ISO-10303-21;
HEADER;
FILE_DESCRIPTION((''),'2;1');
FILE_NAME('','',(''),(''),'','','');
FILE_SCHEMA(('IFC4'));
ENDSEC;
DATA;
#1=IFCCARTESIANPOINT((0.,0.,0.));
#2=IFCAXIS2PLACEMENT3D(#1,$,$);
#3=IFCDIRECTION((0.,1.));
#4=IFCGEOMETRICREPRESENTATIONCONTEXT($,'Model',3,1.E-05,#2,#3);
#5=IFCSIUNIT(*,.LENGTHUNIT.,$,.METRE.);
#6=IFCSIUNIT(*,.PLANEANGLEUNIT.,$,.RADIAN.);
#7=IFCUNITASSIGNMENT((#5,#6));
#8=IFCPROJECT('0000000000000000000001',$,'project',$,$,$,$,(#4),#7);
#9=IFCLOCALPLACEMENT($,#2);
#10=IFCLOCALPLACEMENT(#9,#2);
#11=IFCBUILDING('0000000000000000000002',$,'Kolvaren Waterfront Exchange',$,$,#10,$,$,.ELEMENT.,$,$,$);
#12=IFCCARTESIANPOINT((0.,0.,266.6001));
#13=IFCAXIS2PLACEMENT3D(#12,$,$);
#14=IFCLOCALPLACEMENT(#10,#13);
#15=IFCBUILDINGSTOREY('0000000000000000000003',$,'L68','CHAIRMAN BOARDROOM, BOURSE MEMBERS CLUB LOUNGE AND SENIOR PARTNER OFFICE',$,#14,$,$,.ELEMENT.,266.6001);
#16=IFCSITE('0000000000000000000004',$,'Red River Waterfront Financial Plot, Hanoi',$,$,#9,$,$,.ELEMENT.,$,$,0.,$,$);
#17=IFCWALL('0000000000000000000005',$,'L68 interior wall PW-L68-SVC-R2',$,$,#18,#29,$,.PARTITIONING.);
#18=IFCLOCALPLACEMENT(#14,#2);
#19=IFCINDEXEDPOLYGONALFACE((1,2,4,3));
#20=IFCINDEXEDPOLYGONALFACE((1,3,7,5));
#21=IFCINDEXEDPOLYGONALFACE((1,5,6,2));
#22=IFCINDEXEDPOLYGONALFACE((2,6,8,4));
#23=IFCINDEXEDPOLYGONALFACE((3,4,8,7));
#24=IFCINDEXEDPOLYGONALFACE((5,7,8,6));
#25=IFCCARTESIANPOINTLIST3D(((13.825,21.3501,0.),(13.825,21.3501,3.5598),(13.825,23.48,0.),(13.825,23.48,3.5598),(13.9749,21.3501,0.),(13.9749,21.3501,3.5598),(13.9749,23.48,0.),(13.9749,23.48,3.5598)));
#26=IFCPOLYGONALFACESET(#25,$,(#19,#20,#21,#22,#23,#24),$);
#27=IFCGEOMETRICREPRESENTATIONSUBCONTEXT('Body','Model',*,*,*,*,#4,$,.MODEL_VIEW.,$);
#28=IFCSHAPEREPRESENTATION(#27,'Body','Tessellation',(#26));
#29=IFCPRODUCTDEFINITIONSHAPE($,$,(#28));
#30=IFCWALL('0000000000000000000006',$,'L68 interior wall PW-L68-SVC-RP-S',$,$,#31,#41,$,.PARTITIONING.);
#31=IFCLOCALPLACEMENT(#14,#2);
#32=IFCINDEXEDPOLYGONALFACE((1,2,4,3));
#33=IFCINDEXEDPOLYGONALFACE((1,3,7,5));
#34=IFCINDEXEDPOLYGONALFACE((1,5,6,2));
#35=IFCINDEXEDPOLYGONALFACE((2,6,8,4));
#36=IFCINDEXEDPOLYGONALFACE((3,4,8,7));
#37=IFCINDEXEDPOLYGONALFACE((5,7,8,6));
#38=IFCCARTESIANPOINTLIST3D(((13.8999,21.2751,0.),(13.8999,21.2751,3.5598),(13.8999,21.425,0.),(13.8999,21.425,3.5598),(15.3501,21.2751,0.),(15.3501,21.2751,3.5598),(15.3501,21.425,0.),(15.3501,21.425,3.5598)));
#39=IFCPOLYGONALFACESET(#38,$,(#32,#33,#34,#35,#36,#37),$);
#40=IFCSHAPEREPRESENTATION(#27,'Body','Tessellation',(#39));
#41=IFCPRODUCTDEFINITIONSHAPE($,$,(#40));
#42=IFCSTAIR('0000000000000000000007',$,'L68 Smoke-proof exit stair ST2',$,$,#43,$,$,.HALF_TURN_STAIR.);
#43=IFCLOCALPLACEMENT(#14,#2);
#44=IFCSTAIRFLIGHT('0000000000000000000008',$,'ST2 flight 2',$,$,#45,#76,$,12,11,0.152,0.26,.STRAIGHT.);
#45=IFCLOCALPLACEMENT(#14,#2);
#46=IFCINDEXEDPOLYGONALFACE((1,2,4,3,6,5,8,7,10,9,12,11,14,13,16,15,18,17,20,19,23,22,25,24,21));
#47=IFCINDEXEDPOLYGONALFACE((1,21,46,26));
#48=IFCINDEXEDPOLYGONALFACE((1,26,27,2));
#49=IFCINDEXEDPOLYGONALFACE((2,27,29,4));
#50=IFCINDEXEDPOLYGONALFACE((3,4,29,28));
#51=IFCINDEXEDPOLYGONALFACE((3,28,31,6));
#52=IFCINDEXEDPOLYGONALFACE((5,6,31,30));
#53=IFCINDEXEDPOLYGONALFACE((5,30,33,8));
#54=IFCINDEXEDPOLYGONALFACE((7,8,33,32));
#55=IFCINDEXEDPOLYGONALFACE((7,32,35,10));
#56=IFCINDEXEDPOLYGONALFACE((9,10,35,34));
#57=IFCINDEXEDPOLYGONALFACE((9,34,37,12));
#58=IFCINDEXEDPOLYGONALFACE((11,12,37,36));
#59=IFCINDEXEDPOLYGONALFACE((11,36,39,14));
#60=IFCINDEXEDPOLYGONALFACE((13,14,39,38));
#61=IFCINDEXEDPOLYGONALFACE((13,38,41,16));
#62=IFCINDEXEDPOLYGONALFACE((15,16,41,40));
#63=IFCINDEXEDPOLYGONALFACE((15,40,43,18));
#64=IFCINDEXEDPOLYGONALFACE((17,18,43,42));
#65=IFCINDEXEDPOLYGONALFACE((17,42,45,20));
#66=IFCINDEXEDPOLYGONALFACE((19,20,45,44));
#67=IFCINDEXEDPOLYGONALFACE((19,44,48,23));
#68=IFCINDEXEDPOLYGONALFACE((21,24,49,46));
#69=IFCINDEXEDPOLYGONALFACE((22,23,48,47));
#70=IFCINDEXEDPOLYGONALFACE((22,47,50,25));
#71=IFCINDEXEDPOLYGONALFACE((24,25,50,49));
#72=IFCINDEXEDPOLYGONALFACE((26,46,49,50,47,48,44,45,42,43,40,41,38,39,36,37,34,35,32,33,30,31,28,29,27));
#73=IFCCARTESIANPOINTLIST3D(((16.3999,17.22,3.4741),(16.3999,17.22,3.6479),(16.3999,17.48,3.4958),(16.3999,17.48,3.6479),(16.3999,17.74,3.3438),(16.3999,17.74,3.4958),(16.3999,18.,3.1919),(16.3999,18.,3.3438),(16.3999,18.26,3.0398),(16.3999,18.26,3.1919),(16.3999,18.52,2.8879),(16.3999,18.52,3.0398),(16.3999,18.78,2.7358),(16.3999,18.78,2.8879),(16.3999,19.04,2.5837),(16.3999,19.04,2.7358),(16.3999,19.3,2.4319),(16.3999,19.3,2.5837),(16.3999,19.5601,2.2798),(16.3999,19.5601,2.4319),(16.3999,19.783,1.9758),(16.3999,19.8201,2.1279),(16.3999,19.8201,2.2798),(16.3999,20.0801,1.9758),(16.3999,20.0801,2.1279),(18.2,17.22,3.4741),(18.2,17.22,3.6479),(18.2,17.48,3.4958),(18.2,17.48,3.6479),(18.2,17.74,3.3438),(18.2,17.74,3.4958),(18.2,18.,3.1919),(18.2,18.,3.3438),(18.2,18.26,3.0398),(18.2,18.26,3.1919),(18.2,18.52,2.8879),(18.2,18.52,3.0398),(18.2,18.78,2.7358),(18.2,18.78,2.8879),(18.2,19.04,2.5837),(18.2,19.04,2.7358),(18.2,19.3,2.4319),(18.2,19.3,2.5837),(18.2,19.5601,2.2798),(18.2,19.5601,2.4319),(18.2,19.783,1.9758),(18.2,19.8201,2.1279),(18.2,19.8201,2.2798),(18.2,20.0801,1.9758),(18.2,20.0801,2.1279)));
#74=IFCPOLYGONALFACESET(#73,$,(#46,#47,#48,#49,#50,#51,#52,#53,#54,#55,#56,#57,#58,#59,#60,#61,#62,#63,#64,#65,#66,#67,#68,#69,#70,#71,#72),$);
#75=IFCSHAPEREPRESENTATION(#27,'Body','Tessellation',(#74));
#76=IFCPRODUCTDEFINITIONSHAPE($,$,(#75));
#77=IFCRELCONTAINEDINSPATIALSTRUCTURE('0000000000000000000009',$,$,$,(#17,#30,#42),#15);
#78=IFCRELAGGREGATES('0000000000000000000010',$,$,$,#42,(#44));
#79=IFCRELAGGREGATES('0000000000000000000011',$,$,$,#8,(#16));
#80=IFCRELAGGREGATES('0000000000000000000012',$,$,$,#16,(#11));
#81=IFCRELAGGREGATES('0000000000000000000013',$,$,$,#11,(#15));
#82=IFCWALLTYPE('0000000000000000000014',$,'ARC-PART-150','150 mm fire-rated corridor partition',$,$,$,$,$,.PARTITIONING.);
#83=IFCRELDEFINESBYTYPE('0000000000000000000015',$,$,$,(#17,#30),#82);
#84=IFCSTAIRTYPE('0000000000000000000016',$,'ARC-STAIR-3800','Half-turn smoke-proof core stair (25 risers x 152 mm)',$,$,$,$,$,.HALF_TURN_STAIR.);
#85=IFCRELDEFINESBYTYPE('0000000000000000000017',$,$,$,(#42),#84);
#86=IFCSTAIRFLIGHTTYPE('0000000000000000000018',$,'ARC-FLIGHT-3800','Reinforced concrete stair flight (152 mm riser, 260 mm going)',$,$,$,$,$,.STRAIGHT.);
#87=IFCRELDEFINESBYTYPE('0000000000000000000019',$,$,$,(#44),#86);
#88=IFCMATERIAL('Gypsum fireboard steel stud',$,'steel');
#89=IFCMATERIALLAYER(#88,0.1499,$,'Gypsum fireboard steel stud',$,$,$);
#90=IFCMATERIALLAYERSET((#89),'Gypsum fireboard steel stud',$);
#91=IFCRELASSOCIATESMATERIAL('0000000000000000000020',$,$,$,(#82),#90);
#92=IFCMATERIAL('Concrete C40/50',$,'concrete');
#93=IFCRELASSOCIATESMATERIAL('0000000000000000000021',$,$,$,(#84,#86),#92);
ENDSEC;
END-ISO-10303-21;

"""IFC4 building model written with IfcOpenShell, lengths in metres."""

from ifc_helpers import new_model, si_unit, direction, frame, frame_2d, origin, place, context, subcontext, project, spatial, polyline, rectangle, outline, extrude, material, layer, layer_set, type_object, element, aggregate, save


model = new_model("IFC4")

# Units and contexts
model_context = context("Model", 3, precision=1e-05, world=origin(), true_north=direction((0.0, 1.0)))
body_context = subcontext(model_context, "Body", "Model", "MODEL_VIEW")
ifc_project = project(units=[si_unit("LENGTHUNIT", "METRE"), si_unit("PLANEANGLEUNIT", "RADIAN")], contexts=[model_context])

# Site, building, storey
site_placement = place(None, origin())
site = spatial("IfcSite", under=ifc_project, at=site_placement, Name="Red River Waterfront Financial Plot, Hanoi", CompositionType="ELEMENT", RefElevation=0.0)
building_placement = place(site_placement, origin())
building = spatial("IfcBuilding", under=site, at=building_placement, Name="Kolvaren Waterfront Exchange", CompositionType="ELEMENT")
storey_placement = place(building_placement, frame((0.0, 0.0, 266.6001)))
storey = spatial("IfcBuildingStorey", under=building, at=storey_placement, Name="L68", Description="CHAIRMAN BOARDROOM, BOURSE MEMBERS CLUB LOUNGE AND SENIOR PARTNER OFFICE", CompositionType="ELEMENT", Elevation=266.6001)

# Walls
ifc_material_1 = material(Name="Gypsum fireboard steel stud", Category="steel")
ifc_layer_1 = layer(ifc_material_1, 0.1499, Name="Gypsum fireboard steel stud")
ifc_layer_set_1 = layer_set([ifc_layer_1], Name="Gypsum fireboard steel stud")
wall_type_1 = type_object("IfcWallType", Name="ARC-PART-150", Description="150 mm fire-rated corridor partition", PredefinedType="PARTITIONING", material=ifc_layer_set_1)
wall_1_placement = place(storey_placement, frame((13.8999, 21.3501, 0.0), z_axis=(0.0, 0.0, 1.0), x_axis=(0.0, 1.0, 0.0)))
element("IfcWall", 1, at=wall_1_placement, inside=storey, type_object=wall_type_1, Name="L68 interior wall PW-L68-SVC-R2", PredefinedType="PARTITIONING", context=body_context, shape_type="SweptSolid", body=[
    extrude(rectangle(XDim=2.1299, YDim=0.1499, at=frame_2d((1.0649, 0.0))), origin(), (0.0, 0.0, 1.0), 3.5598),
])
wall_2_placement = place(storey_placement, frame((13.8999, 21.3501, 0.0), z_axis=(0.0, 0.0, 1.0), x_axis=(1.0, 0.0, 0.0)))
element("IfcWall", 2, at=wall_2_placement, inside=storey, type_object=wall_type_1, Name="L68 interior wall PW-L68-SVC-RP-S", PredefinedType="PARTITIONING", context=body_context, shape_type="SweptSolid", body=[
    extrude(rectangle(XDim=1.4502, YDim=0.1499, at=frame_2d((0.7251, 0.0))), origin(), (0.0, 0.0, 1.0), 3.5598),
])

# Stair, stair flight
ifc_material_2 = material(Name="Concrete C40/50", Category="concrete")
stair_type = type_object("IfcStairType", Name="ARC-STAIR-3800", Description="Half-turn smoke-proof core stair (25 risers x 152 mm)", PredefinedType="HALF_TURN_STAIR", material=ifc_material_2)
stair_placement = place(storey_placement, origin())
stair = element("IfcStair", 3, at=stair_placement, inside=storey, type_object=stair_type, Name="L68 Smoke-proof exit stair ST2", PredefinedType="HALF_TURN_STAIR")
stair_flight_type = type_object("IfcStairFlightType", Name="ARC-FLIGHT-3800", Description="Reinforced concrete stair flight (152 mm riser, 260 mm going)", PredefinedType="STRAIGHT", material=ifc_material_2)
stair_flight_placement = place(storey_placement, frame((17.3, 20.0801, 1.9758), z_axis=(0.0, 0.0, 1.0), x_axis=(0.0, -1.0, 0.0)))
stair_flight = element("IfcStairFlight", 4, at=stair_flight_placement, type_object=stair_flight_type, Name="ST2 flight 2", NumberOfRisers=12, NumberOfTreads=11, PredefinedType="STRAIGHT", RiserHeight=0.152, TreadLength=0.26, context=body_context, shape_type="SweptSolid", body=[
    extrude(outline(polyline([(0.0, 0.0), (0.0, 0.1521), (0.26, 0.1521), (0.26, 0.304), (0.52, 0.304), (0.52, 0.4561), (0.78, 0.4561), (0.78, 0.6079), (1.04, 0.6079), (1.04, 0.76), (1.3, 0.76), (1.3, 0.9121), (1.5601, 0.9121), (1.5601, 1.064), (1.8201, 1.064), (1.8201, 1.2161), (2.0801, 1.2161), (2.0801, 1.3679), (2.3401, 1.3679), (2.3401, 1.52), (2.6001, 1.52), (2.6001, 1.6721), (2.8601, 1.6721), (2.8601, 1.824), (2.8601, 1.4983), (0.2971, 0.0), (0.0, 0.0)])), frame((0.0, 0.8999, 0.0), z_axis=(0.0, -1.0, 0.0), x_axis=(1.0, 0.0, 0.0)), (0.0, 0.0, 1.0), 1.8),
])
aggregate(stair, [stair_flight])

save(model, "model.ifc")
